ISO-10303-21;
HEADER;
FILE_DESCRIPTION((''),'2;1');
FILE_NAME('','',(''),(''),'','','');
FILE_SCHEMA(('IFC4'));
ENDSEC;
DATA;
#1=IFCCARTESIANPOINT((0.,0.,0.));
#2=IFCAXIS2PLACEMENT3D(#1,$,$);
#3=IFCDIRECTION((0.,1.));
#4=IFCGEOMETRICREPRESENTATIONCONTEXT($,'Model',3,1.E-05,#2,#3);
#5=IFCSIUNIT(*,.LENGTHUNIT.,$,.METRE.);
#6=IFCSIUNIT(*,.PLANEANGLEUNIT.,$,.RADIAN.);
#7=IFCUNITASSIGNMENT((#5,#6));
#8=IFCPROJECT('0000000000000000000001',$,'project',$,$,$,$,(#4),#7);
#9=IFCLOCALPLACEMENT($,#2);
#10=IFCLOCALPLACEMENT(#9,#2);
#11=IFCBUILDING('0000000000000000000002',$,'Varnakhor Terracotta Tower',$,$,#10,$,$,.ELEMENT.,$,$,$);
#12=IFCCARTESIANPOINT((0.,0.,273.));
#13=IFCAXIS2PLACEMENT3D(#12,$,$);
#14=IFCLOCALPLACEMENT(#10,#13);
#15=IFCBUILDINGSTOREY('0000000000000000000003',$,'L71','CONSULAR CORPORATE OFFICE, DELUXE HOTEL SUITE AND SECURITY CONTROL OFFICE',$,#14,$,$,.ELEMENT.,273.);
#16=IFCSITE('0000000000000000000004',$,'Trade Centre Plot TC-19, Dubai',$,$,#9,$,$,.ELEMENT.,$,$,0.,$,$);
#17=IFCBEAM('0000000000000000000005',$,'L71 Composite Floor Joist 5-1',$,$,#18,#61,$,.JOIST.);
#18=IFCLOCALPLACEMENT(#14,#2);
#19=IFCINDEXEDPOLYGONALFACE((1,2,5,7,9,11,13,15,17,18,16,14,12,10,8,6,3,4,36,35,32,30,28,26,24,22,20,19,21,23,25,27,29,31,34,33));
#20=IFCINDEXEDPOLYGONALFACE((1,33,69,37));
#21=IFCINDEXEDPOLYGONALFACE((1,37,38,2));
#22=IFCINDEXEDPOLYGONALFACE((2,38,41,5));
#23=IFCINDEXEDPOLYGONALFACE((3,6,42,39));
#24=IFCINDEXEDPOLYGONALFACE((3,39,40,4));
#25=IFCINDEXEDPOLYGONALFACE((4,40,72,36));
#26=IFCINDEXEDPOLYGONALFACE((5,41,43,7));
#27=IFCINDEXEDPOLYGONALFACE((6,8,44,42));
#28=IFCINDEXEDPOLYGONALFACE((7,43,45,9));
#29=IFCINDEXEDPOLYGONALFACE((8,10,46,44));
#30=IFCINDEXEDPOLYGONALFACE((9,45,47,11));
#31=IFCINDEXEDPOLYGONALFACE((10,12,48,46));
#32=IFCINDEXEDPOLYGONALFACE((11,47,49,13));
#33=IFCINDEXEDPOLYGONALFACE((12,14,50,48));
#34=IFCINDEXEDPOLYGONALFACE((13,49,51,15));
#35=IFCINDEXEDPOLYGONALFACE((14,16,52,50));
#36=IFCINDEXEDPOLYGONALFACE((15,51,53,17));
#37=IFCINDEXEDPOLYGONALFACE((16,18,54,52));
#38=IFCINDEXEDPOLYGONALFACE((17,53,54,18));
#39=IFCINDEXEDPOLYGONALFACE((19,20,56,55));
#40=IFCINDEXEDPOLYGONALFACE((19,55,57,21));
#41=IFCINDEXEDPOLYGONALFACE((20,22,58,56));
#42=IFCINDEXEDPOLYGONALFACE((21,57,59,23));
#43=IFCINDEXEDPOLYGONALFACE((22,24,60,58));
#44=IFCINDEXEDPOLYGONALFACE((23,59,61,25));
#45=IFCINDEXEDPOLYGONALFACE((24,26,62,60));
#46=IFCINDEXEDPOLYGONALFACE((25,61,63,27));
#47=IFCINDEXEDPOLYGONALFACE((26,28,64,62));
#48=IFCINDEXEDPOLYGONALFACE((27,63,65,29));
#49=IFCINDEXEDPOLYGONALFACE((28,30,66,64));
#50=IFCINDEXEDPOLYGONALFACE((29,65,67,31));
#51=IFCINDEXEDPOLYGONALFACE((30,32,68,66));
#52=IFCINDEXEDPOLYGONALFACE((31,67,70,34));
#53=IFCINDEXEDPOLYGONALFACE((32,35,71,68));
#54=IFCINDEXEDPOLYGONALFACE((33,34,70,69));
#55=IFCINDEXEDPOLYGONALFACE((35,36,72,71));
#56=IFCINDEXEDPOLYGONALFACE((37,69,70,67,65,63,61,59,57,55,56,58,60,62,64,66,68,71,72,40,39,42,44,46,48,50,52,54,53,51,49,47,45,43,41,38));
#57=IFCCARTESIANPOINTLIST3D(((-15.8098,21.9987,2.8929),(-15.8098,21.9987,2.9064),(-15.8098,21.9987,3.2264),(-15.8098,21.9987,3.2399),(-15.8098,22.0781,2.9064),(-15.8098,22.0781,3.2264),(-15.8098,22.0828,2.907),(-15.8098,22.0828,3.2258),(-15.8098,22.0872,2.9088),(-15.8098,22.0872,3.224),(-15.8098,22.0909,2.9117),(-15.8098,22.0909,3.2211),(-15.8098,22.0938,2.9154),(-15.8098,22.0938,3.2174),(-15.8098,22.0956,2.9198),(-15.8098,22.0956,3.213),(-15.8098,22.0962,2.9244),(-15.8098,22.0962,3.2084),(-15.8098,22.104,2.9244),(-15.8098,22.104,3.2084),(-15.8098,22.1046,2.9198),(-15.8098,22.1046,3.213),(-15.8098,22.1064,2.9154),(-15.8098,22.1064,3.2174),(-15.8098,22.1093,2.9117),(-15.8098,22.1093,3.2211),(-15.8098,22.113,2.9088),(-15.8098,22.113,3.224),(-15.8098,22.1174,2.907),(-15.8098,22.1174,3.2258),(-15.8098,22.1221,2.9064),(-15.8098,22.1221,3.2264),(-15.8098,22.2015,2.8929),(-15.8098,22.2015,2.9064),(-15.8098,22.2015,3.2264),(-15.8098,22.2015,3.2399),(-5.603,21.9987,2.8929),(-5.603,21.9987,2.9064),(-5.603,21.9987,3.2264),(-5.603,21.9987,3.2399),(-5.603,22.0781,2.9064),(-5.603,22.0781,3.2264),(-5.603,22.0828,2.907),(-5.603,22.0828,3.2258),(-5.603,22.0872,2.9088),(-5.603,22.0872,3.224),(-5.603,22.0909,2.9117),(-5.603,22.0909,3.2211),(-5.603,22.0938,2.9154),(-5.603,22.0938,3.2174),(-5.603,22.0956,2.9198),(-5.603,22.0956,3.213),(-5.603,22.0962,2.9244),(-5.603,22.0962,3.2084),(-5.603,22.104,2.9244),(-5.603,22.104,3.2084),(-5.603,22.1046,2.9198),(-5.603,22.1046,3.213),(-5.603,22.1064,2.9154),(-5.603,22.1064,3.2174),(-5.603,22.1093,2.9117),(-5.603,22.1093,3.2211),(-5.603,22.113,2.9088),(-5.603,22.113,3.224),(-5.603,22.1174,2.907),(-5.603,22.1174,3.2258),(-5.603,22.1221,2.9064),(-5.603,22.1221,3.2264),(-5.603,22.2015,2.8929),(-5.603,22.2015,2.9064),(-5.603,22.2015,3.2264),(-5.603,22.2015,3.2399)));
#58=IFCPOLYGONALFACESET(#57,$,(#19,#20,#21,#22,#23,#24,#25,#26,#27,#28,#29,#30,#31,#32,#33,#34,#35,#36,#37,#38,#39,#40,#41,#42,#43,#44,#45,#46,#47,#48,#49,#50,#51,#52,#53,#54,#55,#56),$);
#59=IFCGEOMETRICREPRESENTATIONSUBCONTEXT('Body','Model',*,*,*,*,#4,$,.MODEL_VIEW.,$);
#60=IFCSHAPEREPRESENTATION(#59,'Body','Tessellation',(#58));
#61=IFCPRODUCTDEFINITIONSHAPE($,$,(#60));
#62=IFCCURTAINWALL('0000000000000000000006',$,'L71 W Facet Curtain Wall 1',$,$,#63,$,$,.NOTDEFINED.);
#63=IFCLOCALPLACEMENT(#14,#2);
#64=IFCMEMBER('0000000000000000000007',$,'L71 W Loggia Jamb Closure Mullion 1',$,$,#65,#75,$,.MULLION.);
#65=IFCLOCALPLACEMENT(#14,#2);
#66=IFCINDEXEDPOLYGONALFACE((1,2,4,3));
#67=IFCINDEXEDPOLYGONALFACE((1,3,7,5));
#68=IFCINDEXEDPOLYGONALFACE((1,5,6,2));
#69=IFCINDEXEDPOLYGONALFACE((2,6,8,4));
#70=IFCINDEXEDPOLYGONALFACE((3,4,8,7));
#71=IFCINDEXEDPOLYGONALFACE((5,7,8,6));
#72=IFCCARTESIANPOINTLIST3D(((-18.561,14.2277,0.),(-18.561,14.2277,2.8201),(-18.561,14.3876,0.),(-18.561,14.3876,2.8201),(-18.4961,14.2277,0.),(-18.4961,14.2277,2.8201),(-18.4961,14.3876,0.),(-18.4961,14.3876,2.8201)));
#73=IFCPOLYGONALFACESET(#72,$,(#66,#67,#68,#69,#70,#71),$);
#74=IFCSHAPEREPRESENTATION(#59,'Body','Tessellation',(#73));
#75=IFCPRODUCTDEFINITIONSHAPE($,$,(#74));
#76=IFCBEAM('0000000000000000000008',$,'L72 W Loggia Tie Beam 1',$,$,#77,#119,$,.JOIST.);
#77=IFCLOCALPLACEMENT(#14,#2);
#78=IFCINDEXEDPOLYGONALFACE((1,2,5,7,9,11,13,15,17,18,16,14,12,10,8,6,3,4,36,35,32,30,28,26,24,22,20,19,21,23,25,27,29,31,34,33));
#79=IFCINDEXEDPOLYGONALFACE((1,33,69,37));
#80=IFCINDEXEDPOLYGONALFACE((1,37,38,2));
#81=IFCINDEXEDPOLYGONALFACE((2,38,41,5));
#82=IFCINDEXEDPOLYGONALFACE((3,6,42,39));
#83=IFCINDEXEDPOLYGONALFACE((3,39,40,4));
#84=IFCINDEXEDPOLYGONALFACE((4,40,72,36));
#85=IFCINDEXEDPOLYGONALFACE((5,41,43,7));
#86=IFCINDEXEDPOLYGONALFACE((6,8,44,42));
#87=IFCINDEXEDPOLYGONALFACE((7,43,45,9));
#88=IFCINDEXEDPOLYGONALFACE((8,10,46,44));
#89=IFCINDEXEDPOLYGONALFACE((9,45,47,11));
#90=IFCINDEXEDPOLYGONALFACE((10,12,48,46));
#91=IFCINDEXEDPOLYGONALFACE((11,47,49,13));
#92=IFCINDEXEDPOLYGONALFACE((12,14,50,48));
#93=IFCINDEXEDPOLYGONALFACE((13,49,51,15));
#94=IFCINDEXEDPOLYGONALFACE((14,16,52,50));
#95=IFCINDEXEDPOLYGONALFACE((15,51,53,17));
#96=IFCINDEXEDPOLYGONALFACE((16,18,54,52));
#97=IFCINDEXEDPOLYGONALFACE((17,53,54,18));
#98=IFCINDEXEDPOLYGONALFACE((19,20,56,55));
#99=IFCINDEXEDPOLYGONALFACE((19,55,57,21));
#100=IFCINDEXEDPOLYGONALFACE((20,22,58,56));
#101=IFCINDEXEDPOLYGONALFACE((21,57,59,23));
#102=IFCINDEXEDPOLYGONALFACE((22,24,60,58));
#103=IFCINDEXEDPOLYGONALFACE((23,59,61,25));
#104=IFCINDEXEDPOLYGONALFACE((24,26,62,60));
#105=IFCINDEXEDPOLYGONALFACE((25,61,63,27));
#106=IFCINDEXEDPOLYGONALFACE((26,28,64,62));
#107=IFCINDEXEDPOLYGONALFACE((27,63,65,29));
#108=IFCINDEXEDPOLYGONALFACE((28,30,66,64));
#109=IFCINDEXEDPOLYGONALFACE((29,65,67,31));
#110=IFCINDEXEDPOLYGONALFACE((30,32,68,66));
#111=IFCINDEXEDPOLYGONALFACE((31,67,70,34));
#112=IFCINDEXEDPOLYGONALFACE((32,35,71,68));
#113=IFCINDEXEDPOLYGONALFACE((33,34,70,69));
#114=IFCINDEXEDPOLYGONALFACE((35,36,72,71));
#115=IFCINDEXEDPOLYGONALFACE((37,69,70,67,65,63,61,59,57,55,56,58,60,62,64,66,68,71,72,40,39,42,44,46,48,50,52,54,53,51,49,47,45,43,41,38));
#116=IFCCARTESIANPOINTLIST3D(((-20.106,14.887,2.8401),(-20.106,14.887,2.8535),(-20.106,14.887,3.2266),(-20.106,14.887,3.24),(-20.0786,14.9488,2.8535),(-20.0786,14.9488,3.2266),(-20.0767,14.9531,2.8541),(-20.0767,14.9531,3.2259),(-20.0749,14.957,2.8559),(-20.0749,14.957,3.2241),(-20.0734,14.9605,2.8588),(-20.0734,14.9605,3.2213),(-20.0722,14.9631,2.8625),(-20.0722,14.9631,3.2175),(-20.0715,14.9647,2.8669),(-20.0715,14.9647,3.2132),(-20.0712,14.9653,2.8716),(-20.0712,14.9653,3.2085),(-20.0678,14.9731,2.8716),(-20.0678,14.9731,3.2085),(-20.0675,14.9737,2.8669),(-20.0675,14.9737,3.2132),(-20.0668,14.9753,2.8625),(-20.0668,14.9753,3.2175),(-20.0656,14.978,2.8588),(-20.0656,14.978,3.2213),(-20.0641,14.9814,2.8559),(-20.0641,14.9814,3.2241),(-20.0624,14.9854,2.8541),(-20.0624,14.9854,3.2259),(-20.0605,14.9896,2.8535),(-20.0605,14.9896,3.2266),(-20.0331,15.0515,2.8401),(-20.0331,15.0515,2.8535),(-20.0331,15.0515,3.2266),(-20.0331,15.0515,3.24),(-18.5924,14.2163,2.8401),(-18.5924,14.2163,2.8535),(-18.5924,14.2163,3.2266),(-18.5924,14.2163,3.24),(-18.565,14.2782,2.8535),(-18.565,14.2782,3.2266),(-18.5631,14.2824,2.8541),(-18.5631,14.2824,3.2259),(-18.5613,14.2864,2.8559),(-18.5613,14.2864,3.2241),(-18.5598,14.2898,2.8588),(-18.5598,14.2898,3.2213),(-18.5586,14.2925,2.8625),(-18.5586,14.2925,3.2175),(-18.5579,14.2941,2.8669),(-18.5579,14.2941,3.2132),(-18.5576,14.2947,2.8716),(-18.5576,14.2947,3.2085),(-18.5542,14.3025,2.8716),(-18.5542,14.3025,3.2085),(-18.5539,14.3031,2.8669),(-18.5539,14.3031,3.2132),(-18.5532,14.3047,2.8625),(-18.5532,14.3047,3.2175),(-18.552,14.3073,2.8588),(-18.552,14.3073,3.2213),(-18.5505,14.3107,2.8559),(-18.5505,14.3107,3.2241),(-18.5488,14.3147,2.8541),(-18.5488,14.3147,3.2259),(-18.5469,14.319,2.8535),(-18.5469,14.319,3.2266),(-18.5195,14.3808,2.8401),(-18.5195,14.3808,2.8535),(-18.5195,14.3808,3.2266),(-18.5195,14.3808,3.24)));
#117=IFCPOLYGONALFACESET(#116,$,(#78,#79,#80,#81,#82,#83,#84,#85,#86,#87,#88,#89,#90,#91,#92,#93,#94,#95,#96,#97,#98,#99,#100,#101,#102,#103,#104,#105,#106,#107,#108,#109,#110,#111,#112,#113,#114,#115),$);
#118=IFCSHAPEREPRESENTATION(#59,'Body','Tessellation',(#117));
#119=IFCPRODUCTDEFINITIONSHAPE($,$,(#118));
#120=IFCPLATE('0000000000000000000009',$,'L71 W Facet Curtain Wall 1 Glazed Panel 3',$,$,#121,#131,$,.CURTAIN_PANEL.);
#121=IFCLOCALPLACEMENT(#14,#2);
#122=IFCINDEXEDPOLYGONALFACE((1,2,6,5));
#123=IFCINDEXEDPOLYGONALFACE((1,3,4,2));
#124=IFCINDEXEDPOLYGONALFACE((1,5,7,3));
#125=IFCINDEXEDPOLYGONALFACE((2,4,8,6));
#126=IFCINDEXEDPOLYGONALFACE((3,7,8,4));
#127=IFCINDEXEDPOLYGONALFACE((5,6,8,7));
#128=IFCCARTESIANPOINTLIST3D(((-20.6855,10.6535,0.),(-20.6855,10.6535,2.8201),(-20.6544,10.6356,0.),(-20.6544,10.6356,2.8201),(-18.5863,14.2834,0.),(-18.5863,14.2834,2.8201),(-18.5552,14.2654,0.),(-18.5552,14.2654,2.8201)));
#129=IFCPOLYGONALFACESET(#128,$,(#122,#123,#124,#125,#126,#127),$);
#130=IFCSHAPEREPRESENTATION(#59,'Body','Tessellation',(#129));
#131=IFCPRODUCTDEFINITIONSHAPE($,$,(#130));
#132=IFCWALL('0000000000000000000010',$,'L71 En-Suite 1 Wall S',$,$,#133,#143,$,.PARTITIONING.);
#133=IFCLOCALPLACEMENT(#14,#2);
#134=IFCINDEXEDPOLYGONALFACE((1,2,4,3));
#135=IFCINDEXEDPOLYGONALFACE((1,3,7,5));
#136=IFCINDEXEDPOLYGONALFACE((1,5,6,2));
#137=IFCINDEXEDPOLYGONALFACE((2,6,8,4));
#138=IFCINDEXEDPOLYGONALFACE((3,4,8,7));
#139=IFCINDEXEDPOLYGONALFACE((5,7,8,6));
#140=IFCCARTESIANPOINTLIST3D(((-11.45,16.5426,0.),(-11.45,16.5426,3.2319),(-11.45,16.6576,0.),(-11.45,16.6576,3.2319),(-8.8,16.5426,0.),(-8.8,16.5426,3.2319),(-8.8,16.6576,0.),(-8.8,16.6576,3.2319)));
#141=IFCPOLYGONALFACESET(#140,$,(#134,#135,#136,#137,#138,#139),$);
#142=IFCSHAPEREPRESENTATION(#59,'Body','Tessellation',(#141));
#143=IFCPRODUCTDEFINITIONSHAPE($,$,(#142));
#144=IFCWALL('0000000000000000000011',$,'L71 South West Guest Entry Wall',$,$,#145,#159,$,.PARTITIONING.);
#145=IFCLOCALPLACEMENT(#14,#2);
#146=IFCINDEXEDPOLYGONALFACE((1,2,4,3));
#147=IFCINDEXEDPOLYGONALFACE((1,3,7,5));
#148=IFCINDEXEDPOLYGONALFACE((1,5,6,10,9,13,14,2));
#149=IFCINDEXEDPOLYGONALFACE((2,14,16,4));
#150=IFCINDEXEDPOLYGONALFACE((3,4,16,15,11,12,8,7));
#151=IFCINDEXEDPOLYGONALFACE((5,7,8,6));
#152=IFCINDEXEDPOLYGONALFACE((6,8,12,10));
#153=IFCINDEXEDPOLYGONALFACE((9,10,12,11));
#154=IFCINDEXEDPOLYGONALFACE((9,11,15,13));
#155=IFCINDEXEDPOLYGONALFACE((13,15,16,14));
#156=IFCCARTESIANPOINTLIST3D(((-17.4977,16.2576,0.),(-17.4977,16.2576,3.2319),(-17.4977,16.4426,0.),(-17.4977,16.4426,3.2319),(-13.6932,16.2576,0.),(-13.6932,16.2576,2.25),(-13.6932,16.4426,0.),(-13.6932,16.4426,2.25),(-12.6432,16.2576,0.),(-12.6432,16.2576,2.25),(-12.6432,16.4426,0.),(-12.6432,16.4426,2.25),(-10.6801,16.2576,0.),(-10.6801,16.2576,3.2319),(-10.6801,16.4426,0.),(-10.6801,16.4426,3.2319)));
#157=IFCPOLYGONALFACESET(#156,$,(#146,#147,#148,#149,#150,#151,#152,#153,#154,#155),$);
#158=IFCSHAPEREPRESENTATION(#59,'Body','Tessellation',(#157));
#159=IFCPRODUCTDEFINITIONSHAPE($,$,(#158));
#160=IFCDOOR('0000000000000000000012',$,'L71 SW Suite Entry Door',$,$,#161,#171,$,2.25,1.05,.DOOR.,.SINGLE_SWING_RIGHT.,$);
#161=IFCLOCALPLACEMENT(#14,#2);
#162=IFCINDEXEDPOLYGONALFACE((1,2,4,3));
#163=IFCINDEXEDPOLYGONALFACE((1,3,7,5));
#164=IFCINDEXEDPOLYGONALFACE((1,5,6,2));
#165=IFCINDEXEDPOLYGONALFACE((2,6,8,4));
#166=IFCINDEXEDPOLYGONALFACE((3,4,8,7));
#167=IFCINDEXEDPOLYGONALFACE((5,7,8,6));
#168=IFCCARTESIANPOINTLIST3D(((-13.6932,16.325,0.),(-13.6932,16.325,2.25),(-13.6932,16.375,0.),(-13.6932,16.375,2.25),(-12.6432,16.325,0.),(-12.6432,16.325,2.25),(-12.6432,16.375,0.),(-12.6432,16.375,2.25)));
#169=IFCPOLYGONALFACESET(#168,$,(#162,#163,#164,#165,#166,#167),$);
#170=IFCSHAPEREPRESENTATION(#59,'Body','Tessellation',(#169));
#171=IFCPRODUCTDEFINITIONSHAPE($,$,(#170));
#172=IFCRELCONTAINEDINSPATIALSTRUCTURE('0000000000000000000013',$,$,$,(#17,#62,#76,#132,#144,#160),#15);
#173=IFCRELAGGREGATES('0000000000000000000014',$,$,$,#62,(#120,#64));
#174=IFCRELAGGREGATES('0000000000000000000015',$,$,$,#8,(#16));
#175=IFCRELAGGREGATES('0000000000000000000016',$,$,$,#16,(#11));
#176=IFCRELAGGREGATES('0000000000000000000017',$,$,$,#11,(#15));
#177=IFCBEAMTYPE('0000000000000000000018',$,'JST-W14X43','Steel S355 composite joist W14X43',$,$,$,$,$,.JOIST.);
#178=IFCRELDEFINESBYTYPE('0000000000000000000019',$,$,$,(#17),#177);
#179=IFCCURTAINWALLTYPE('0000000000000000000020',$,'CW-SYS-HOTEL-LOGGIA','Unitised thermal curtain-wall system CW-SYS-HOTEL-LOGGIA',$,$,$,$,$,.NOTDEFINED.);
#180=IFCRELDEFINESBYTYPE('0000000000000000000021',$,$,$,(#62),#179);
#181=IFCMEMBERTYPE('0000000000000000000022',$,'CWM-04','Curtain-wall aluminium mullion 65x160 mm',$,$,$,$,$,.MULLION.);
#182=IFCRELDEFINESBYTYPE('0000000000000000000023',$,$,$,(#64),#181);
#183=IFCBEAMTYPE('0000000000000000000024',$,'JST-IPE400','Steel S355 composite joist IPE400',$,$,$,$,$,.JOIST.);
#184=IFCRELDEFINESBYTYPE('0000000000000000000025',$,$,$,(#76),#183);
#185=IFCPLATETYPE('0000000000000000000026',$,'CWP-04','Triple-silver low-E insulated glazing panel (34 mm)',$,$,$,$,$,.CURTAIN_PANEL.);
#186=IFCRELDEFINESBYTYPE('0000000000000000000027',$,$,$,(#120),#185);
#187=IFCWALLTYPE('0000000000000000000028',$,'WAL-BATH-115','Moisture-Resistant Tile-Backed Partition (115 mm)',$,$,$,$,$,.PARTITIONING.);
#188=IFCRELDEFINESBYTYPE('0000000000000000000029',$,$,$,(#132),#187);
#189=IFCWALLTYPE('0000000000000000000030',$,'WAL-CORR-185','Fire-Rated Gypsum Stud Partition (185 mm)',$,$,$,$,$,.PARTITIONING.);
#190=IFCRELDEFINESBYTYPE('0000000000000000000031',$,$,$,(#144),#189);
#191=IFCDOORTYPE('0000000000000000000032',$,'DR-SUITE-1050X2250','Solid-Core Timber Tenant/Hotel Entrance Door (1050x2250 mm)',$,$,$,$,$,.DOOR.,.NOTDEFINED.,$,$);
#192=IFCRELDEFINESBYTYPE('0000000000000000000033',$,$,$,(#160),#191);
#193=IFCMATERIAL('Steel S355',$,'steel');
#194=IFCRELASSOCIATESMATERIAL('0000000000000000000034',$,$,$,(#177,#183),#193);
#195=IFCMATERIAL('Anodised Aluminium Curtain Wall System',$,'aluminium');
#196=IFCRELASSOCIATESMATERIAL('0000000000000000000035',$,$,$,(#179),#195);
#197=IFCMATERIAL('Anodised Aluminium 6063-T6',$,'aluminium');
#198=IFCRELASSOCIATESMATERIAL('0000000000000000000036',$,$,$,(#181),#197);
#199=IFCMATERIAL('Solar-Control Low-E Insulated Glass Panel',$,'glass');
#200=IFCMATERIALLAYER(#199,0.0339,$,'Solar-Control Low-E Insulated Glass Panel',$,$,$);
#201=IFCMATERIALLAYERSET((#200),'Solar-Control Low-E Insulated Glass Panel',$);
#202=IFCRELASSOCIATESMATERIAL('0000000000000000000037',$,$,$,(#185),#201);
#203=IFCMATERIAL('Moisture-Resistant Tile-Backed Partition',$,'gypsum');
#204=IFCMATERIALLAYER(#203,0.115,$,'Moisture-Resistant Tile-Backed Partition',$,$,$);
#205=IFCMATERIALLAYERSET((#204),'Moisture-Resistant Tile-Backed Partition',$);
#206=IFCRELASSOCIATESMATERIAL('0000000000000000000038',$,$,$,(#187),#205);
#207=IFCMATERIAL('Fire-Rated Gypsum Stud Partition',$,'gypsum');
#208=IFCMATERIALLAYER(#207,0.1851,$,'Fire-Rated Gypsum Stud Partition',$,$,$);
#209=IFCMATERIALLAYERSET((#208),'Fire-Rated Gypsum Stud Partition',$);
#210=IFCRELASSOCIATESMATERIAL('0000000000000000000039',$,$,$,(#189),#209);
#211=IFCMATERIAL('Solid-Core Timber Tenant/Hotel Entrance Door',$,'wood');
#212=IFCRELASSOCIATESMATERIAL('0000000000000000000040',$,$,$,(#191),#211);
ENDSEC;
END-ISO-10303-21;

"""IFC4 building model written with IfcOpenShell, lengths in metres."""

from ifc_helpers import new_model, si_unit, direction, frame, frame_2d, origin, origin_2d, place, context, subcontext, project, spatial, rectangle, i_section, extrude, source, transform, mapped, material, layer, layer_set, material_profile, profile_set, type_object, type_shapes, element, fill, aggregate, save


model = new_model("IFC4")

# Units and contexts
model_context = context("Model", 3, precision=1e-05, world=origin(), true_north=direction((0.0, 1.0)))
body_context = subcontext(model_context, "Body", "Model", "MODEL_VIEW")
ifc_project = project(units=[si_unit("LENGTHUNIT", "METRE"), si_unit("PLANEANGLEUNIT", "RADIAN")], contexts=[model_context])

# Site, building, storey
site_placement = place(None, origin())
site = spatial("IfcSite", under=ifc_project, at=site_placement, Name="Trade Centre Plot TC-19, Dubai", CompositionType="ELEMENT", RefElevation=0.0)
building_placement = place(site_placement, origin())
building = spatial("IfcBuilding", under=site, at=building_placement, Name="Varnakhor Terracotta Tower", CompositionType="ELEMENT")
storey_placement = place(building_placement, frame((0.0, 0.0, 273.0)))
storey = spatial("IfcBuildingStorey", under=building, at=storey_placement, Name="L71", Description="CONSULAR CORPORATE OFFICE, DELUXE HOTEL SUITE AND SECURITY CONTROL OFFICE", CompositionType="ELEMENT", Elevation=273.0)

# Beam
ifc_material_1 = material(Name="Steel S355", Category="steel")
ifc_material_profile_1 = material_profile(ifc_material_1, i_section(OverallWidth=0.2029, OverallDepth=0.3469, WebThickness=0.0078, FlangeThickness=0.0134, FilletRadius=0.0181, at=origin_2d()), Name="W14X43")
ifc_profile_set_1 = profile_set([ifc_material_profile_1], Name="Steel S355")
beam_type_1 = type_object("IfcBeamType", Name="JST-W14X43", Description="Steel S355 composite joist W14X43", PredefinedType="JOIST", material=ifc_profile_set_1)
shared_shape_1 = source(origin(), body_context, "Body", "SweptSolid", [
    extrude(i_section(OverallWidth=0.2029, OverallDepth=0.3469, WebThickness=0.0078, FlangeThickness=0.0134, FilletRadius=0.0181, at=origin_2d()), origin(), (0.0, 0.0, 1.0), 10.2068),
])
beam_1_placement = place(storey_placement, frame((-15.8098, 22.1001, 3.0664), z_axis=(1.0, 0.0, 0.0), x_axis=(0.0, 1.0, 0.0)))
element("IfcBeam", 1, at=beam_1_placement, inside=storey, type_object=beam_type_1, Name="L71 Composite Floor Joist 5-1", PredefinedType="JOIST", context=body_context, shape_type="MappedRepresentation", body=[
    mapped(shared_shape_1, transform((0.0, 0.0, 0.0), scale=1.0)),
])

# Curtain wall, member
ifc_material_2 = material(Name="Anodised Aluminium Curtain Wall System", Category="aluminium")
curtain_wall_type = type_object("IfcCurtainWallType", Name="CW-SYS-HOTEL-LOGGIA", Description="Unitised thermal curtain-wall system CW-SYS-HOTEL-LOGGIA", PredefinedType="NOTDEFINED", material=ifc_material_2)
curtain_wall_placement = place(storey_placement, origin())
curtain_wall = element("IfcCurtainWall", 2, at=curtain_wall_placement, inside=storey, type_object=curtain_wall_type, Name="L71 W Facet Curtain Wall 1", PredefinedType="NOTDEFINED")
ifc_material_3 = material(Name="Anodised Aluminium 6063-T6", Category="aluminium")
ifc_material_profile_2 = material_profile(ifc_material_3, rectangle(XDim=0.0649, YDim=0.1599, at=origin_2d()), Name="ALU MULLION 65x160")
ifc_profile_set_2 = profile_set([ifc_material_profile_2], Name="Anodised Aluminium 6063-T6")
member_type = type_object("IfcMemberType", Name="CWM-04", Description="Curtain-wall aluminium mullion 65x160 mm", PredefinedType="MULLION", material=ifc_profile_set_2)
shared_shape_2 = source(origin(), body_context, "Body", "SweptSolid", [
    extrude(rectangle(XDim=0.0649, YDim=0.1599, at=origin_2d()), origin(), (0.0, 0.0, 1.0), 2.8201),
])
type_shapes(member_type, [shared_shape_2])
member_placement = place(storey_placement, frame((-18.5286, 14.3076, 0.0), z_axis=(0.0, 0.0, 1.0), x_axis=(1.0, 0.0, 0.0)))
member = element("IfcMember", 3, at=member_placement, type_object=member_type, Name="L71 W Loggia Jamb Closure Mullion 1", PredefinedType="MULLION", context=body_context, shape_type="MappedRepresentation", body=[
    mapped(shared_shape_2, transform((0.0, 0.0, 0.0), scale=1.0)),
])

# Beam
ifc_material_profile_3 = material_profile(ifc_material_1, i_section(OverallWidth=0.1799, OverallDepth=0.3999, WebThickness=0.0085, FlangeThickness=0.0134, FilletRadius=0.0181, at=origin_2d()), Name="IPE400")
ifc_profile_set_3 = profile_set([ifc_material_profile_3], Name="Steel S355")
beam_type_2 = type_object("IfcBeamType", Name="JST-IPE400", Description="Steel S355 composite joist IPE400", PredefinedType="JOIST", material=ifc_profile_set_3)
shared_shape_3 = source(origin(), body_context, "Body", "SweptSolid", [
    extrude(i_section(OverallWidth=0.1799, OverallDepth=0.3999, WebThickness=0.0085, FlangeThickness=0.0134, FilletRadius=0.0181, at=origin_2d()), origin(), (0.0, 0.0, 1.0), 1.6555),
])
beam_2_placement = place(storey_placement, frame((-18.5559, 14.2986, 3.04), z_axis=(-0.914279, 0.405085, 0.0), x_axis=(-0.405085, -0.914279, 0.0)))
element("IfcBeam", 4, at=beam_2_placement, inside=storey, type_object=beam_type_2, Name="L72 W Loggia Tie Beam 1", PredefinedType="JOIST", context=body_context, shape_type="MappedRepresentation", body=[
    mapped(shared_shape_3, transform((0.0, 0.0, 0.0), scale=1.0)),
])

# Plate
ifc_material_4 = material(Name="Solar-Control Low-E Insulated Glass Panel", Category="glass")
ifc_layer_1 = layer(ifc_material_4, 0.0339, Name="Solar-Control Low-E Insulated Glass Panel")
ifc_layer_set_1 = layer_set([ifc_layer_1], Name="Solar-Control Low-E Insulated Glass Panel")
plate_type = type_object("IfcPlateType", Name="CWP-04", Description="Triple-silver low-E insulated glazing panel (34 mm)", PredefinedType="CURTAIN_PANEL", material=ifc_layer_set_1)
shared_shape_4 = source(origin(), body_context, "Body", "SweptSolid", [
    extrude(rectangle(XDim=4.1931, YDim=0.0359, at=origin_2d()), origin(), (0.0, 0.0, 1.0), 2.8201),
])
plate_placement = place(storey_placement, frame((-19.6204, 12.4595, 0.0), z_axis=(0.0, 0.0, 1.0), x_axis=(0.50062, 0.865667, 0.0)))
plate = element("IfcPlate", 5, at=plate_placement, type_object=plate_type, Name="L71 W Facet Curtain Wall 1 Glazed Panel 3", PredefinedType="CURTAIN_PANEL", context=body_context, shape_type="MappedRepresentation", body=[
    mapped(shared_shape_4, transform((0.0, 0.0, 0.0), scale=1.0)),
])
aggregate(curtain_wall, [plate, member])

# Wall
ifc_material_5 = material(Name="Moisture-Resistant Tile-Backed Partition", Category="gypsum")
ifc_layer_2 = layer(ifc_material_5, 0.115, Name="Moisture-Resistant Tile-Backed Partition")
ifc_layer_set_2 = layer_set([ifc_layer_2], Name="Moisture-Resistant Tile-Backed Partition")
wall_type_1 = type_object("IfcWallType", Name="WAL-BATH-115", Description="Moisture-Resistant Tile-Backed Partition (115 mm)", PredefinedType="PARTITIONING", material=ifc_layer_set_2)
wall_1_placement = place(storey_placement, frame((-11.45, 16.6001, 0.0), z_axis=(0.0, 0.0, 1.0), x_axis=(1.0, 0.0, 0.0)))
element("IfcWall", 6, at=wall_1_placement, inside=storey, type_object=wall_type_1, Name="L71 En-Suite 1 Wall S", PredefinedType="PARTITIONING", context=body_context, shape_type="SweptSolid", body=[
    extrude(rectangle(XDim=2.6499, YDim=0.115, at=frame_2d((1.325, 0.0))), origin(), (0.0, 0.0, 1.0), 3.2319),
])

# Wall, opening, door
ifc_material_6 = material(Name="Fire-Rated Gypsum Stud Partition", Category="gypsum")
ifc_layer_3 = layer(ifc_material_6, 0.1851, Name="Fire-Rated Gypsum Stud Partition")
ifc_layer_set_3 = layer_set([ifc_layer_3], Name="Fire-Rated Gypsum Stud Partition")
wall_type_2 = type_object("IfcWallType", Name="WAL-CORR-185", Description="Fire-Rated Gypsum Stud Partition (185 mm)", PredefinedType="PARTITIONING", material=ifc_layer_set_3)
wall_2_placement = place(storey_placement, frame((-17.4976, 16.3501, 0.0), z_axis=(0.0, 0.0, 1.0), x_axis=(1.0, 0.0, 0.0)))
wall_2 = element("IfcWall", 7, at=wall_2_placement, inside=storey, type_object=wall_type_2, Name="L71 South West Guest Entry Wall", PredefinedType="PARTITIONING", context=body_context, shape_type="SweptSolid", body=[
    extrude(rectangle(XDim=6.8176, YDim=0.1851, at=frame_2d((3.4087, 0.0))), origin(), (0.0, 0.0, 1.0), 3.2319),
])
opening_1_placement = place(wall_2_placement, frame((3.8044, 0.0, 0.0)))
opening_1 = element("IfcOpeningElement", 8, at=opening_1_placement, cuts=wall_2, PredefinedType="OPENING", context=body_context, shape_type="SweptSolid", body=[
    extrude(rectangle(XDim=1.05, YDim=2.25, at=frame_2d((0.5249, 1.125))), frame((0.0, 0.1025, 0.0), z_axis=(0.0, -1.0, 0.0), x_axis=(1.0, 0.0, 0.0)), (0.0, 0.0, 1.0), 0.2051),
])
ifc_material_7 = material(Name="Solid-Core Timber Tenant/Hotel Entrance Door", Category="wood")
door_type_1 = type_object("IfcDoorType", Name="DR-SUITE-1050X2250", Description="Solid-Core Timber Tenant/Hotel Entrance Door (1050x2250 mm)", OperationType="NOTDEFINED", PredefinedType="DOOR", material=ifc_material_7)
shared_shape_5 = source(origin(), body_context, "Body", "SweptSolid", [
    extrude(rectangle(XDim=1.05, YDim=2.25, at=frame_2d((0.5249, 1.125))), frame((0.0, 0.0249, 0.0), z_axis=(0.0, -1.0, 0.0), x_axis=(1.0, 0.0, 0.0)), (0.0, 0.0, 1.0), 0.05),
])
type_shapes(door_type_1, [shared_shape_5])
door_1_placement = place(opening_1_placement, origin())
door_1 = element("IfcDoor", 9, at=door_1_placement, inside=storey, type_object=door_type_1, Name="L71 SW Suite Entry Door", OperationType="SINGLE_SWING_RIGHT", OverallHeight=2.25, OverallWidth=1.05, PredefinedType="DOOR", context=body_context, shape_type="MappedRepresentation", body=[
    mapped(shared_shape_5, transform((0.0, 0.0, 0.0), scale=1.0)),
])
fill(opening_1, door_1)

save(model, "model.ifc")
